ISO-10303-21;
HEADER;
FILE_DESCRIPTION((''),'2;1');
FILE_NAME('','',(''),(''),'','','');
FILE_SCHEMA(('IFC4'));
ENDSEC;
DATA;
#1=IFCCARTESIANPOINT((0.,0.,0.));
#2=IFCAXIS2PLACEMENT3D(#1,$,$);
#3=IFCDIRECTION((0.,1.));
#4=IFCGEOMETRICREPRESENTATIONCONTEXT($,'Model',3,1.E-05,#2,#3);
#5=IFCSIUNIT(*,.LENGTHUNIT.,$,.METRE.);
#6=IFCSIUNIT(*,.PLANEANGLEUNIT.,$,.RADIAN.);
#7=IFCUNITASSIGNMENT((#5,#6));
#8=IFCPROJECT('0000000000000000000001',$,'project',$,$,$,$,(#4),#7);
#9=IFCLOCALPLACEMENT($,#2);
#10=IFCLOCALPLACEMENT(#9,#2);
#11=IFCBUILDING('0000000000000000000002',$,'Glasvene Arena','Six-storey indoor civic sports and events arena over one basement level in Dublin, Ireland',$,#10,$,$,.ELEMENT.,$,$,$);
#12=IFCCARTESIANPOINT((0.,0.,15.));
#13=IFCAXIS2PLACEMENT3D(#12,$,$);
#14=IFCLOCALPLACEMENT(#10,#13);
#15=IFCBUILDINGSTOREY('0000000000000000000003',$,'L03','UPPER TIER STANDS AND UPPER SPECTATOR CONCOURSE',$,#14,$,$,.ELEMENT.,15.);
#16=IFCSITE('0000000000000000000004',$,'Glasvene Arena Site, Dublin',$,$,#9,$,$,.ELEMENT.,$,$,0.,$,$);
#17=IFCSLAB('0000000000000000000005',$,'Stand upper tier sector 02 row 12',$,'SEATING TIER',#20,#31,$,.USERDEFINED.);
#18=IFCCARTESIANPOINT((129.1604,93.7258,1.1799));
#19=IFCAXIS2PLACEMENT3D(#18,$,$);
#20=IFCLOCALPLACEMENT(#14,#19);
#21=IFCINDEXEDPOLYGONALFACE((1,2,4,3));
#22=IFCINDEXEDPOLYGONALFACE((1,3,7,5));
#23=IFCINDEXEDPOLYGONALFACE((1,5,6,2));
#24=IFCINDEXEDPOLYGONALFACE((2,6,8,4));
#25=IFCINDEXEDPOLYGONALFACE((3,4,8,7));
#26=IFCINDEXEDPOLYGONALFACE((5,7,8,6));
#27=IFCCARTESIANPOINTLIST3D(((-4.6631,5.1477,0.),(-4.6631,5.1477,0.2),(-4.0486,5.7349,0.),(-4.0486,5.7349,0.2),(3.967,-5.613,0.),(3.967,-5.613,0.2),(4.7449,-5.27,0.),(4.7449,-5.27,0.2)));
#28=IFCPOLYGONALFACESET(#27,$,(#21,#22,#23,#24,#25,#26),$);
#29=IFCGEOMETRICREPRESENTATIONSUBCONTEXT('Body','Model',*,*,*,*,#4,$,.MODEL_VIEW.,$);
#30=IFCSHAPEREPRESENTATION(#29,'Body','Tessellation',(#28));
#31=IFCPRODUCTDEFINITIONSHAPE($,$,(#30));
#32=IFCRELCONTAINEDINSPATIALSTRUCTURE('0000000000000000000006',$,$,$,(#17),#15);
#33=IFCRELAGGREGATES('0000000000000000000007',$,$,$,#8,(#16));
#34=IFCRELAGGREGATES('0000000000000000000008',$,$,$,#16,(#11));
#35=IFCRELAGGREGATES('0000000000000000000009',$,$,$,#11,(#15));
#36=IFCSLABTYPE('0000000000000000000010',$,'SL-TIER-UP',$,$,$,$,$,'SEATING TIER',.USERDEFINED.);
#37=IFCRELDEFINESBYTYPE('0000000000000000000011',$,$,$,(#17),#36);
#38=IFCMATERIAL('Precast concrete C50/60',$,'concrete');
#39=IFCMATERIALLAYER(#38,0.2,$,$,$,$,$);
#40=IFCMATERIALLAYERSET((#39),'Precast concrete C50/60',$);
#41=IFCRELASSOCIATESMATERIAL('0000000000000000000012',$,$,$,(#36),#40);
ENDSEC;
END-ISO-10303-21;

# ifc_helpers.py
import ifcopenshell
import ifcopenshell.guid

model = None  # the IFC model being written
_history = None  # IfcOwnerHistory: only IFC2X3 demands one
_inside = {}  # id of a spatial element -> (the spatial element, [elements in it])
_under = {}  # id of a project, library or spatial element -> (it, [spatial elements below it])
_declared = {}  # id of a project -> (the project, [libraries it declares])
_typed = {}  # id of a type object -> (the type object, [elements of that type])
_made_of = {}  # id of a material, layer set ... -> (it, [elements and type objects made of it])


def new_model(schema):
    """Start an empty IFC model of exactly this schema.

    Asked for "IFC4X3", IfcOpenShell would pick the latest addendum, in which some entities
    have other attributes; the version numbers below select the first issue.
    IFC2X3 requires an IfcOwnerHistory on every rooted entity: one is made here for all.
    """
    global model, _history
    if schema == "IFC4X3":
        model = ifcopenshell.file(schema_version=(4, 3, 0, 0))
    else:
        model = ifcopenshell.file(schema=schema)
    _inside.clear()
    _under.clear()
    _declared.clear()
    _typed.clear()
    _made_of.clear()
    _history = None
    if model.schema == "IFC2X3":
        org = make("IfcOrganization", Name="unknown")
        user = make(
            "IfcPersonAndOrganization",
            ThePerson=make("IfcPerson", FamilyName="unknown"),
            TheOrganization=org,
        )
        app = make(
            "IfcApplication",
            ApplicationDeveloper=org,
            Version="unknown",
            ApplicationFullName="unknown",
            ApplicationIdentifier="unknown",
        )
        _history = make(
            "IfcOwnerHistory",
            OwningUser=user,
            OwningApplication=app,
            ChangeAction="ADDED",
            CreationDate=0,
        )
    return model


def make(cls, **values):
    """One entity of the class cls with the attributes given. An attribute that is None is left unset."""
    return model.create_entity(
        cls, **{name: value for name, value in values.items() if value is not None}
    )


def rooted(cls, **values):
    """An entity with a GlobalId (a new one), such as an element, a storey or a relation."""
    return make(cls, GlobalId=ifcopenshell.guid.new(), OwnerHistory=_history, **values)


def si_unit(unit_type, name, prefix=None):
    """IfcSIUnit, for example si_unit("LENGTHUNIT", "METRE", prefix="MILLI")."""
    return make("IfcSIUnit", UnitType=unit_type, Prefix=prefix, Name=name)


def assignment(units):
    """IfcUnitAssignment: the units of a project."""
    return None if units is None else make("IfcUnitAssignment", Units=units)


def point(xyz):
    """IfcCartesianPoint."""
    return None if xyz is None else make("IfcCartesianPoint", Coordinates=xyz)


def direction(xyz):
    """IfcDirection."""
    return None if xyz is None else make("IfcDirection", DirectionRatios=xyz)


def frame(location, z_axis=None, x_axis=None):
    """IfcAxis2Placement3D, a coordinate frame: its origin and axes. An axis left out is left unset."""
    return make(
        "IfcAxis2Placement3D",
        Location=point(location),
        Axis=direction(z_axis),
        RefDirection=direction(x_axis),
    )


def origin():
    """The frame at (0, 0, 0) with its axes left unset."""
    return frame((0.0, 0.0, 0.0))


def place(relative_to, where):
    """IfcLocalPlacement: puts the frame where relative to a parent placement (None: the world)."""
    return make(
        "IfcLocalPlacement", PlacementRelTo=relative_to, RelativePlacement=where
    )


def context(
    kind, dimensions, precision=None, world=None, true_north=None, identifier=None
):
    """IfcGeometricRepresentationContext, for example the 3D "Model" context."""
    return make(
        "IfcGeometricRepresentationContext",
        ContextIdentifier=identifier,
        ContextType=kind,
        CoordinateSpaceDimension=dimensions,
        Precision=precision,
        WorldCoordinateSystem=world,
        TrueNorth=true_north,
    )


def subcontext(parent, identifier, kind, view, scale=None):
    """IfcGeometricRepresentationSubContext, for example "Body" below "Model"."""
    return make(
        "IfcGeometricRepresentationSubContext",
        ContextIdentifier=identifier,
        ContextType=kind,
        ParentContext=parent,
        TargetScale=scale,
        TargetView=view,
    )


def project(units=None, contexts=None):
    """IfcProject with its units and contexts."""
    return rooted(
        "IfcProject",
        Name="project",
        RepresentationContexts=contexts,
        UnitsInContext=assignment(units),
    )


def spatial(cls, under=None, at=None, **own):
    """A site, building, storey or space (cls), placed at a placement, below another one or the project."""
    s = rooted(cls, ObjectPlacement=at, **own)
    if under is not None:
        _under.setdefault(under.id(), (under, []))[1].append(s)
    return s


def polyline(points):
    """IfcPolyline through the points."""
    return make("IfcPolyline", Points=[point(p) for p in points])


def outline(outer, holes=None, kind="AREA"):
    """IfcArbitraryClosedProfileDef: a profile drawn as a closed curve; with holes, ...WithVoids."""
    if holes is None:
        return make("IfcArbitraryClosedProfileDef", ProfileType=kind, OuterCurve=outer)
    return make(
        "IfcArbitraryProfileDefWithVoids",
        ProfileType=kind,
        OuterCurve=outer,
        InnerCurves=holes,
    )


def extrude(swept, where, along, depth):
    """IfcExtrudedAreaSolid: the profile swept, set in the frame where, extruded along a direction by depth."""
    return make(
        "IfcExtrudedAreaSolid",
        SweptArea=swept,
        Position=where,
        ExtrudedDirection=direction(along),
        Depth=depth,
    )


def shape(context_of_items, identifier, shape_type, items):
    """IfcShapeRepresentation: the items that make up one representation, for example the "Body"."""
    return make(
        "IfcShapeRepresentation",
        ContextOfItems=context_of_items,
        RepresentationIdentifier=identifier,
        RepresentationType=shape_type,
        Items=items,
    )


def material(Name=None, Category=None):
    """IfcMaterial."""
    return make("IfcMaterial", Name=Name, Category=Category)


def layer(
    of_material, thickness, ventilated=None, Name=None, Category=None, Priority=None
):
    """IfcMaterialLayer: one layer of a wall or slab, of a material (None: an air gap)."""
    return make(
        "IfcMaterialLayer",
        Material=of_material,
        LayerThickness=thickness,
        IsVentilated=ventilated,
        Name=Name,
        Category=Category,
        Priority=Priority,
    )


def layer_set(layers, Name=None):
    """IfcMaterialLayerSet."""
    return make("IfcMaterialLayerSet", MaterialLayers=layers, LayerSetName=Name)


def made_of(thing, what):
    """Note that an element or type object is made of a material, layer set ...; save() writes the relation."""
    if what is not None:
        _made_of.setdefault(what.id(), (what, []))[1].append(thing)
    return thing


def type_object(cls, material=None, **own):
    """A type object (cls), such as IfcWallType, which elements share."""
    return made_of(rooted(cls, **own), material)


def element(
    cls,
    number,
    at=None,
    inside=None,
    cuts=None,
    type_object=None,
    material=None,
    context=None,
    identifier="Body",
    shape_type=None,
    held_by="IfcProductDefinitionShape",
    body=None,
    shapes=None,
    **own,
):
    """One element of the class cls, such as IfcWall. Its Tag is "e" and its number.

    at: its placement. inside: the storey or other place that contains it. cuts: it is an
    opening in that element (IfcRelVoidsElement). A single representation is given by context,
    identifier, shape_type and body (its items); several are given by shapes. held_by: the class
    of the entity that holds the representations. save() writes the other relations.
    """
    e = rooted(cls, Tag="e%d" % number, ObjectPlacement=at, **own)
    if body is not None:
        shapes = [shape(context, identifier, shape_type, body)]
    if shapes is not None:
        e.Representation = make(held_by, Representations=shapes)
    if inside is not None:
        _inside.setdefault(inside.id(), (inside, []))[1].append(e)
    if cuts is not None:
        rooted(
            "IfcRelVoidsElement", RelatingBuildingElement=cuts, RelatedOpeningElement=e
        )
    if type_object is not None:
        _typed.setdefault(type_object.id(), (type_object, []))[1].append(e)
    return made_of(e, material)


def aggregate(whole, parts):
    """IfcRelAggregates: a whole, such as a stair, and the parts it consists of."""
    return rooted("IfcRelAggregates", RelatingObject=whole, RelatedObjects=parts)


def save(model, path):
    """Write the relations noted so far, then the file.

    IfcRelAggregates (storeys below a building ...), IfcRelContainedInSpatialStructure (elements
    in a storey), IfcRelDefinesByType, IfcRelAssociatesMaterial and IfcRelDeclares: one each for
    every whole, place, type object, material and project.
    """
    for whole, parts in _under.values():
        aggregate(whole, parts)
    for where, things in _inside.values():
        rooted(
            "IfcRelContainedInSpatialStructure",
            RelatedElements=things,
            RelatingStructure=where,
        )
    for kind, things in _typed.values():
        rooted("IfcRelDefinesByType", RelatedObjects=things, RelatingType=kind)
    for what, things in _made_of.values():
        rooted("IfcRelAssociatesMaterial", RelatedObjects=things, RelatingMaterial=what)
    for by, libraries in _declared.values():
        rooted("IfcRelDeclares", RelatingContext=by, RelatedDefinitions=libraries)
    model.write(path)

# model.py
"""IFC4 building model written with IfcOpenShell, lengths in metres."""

from ifc_helpers import new_model, si_unit, direction, frame, origin, place, context, subcontext, project, spatial, polyline, outline, extrude, material, layer, layer_set, type_object, element, save


model = new_model("IFC4")

# Units and contexts
model_context = context("Model", 3, precision=1e-05, world=origin(), true_north=direction((0.0, 1.0)))
body_context = subcontext(model_context, "Body", "Model", "MODEL_VIEW")
ifc_project = project(units=[si_unit("LENGTHUNIT", "METRE"), si_unit("PLANEANGLEUNIT", "RADIAN")], contexts=[model_context])

# Site, building, storey
site_placement = place(None, origin())
site = spatial("IfcSite", under=ifc_project, at=site_placement, Name="Glasvene Arena Site, Dublin", CompositionType="ELEMENT", RefElevation=0.0)
building_placement = place(site_placement, origin())
building = spatial("IfcBuilding", under=site, at=building_placement, Name="Glasvene Arena", Description="Six-storey indoor civic sports and events arena over one basement level in Dublin, Ireland", CompositionType="ELEMENT")
storey_placement = place(building_placement, frame((0.0, 0.0, 15.0)))
storey = spatial("IfcBuildingStorey", under=building, at=storey_placement, Name="L03", Description="UPPER TIER STANDS AND UPPER SPECTATOR CONCOURSE", CompositionType="ELEMENT", Elevation=15.0)

# Shared definitions
ifc_material_1 = material(Name="Precast concrete C50/60", Category="concrete")

# Slab
ifc_layer_1 = layer(ifc_material_1, 0.2)
ifc_layer_set_1 = layer_set([ifc_layer_1], Name="Precast concrete C50/60")
slab_type_1 = type_object("IfcSlabType", Name="SL-TIER-UP", ElementType="SEATING TIER", PredefinedType="USERDEFINED", material=ifc_layer_set_1)
slab_1_placement = place(storey_placement, frame((129.1604, 93.7258, 1.1799)))
element("IfcSlab", 1, at=slab_1_placement, inside=storey, type_object=slab_type_1, Name="Stand upper tier sector 02 row 12", ObjectType="SEATING TIER", PredefinedType="USERDEFINED", context=body_context, shape_type="SweptSolid", body=[
    extrude(outline(polyline([(3.967, -5.613), (-4.6631, 5.1477), (-4.0486, 5.7349), (4.7449, -5.27), (3.967, -5.613)])), origin(), (0.0, 0.0, 1.0), 0.2),
])

save(model, "model.ifc")
